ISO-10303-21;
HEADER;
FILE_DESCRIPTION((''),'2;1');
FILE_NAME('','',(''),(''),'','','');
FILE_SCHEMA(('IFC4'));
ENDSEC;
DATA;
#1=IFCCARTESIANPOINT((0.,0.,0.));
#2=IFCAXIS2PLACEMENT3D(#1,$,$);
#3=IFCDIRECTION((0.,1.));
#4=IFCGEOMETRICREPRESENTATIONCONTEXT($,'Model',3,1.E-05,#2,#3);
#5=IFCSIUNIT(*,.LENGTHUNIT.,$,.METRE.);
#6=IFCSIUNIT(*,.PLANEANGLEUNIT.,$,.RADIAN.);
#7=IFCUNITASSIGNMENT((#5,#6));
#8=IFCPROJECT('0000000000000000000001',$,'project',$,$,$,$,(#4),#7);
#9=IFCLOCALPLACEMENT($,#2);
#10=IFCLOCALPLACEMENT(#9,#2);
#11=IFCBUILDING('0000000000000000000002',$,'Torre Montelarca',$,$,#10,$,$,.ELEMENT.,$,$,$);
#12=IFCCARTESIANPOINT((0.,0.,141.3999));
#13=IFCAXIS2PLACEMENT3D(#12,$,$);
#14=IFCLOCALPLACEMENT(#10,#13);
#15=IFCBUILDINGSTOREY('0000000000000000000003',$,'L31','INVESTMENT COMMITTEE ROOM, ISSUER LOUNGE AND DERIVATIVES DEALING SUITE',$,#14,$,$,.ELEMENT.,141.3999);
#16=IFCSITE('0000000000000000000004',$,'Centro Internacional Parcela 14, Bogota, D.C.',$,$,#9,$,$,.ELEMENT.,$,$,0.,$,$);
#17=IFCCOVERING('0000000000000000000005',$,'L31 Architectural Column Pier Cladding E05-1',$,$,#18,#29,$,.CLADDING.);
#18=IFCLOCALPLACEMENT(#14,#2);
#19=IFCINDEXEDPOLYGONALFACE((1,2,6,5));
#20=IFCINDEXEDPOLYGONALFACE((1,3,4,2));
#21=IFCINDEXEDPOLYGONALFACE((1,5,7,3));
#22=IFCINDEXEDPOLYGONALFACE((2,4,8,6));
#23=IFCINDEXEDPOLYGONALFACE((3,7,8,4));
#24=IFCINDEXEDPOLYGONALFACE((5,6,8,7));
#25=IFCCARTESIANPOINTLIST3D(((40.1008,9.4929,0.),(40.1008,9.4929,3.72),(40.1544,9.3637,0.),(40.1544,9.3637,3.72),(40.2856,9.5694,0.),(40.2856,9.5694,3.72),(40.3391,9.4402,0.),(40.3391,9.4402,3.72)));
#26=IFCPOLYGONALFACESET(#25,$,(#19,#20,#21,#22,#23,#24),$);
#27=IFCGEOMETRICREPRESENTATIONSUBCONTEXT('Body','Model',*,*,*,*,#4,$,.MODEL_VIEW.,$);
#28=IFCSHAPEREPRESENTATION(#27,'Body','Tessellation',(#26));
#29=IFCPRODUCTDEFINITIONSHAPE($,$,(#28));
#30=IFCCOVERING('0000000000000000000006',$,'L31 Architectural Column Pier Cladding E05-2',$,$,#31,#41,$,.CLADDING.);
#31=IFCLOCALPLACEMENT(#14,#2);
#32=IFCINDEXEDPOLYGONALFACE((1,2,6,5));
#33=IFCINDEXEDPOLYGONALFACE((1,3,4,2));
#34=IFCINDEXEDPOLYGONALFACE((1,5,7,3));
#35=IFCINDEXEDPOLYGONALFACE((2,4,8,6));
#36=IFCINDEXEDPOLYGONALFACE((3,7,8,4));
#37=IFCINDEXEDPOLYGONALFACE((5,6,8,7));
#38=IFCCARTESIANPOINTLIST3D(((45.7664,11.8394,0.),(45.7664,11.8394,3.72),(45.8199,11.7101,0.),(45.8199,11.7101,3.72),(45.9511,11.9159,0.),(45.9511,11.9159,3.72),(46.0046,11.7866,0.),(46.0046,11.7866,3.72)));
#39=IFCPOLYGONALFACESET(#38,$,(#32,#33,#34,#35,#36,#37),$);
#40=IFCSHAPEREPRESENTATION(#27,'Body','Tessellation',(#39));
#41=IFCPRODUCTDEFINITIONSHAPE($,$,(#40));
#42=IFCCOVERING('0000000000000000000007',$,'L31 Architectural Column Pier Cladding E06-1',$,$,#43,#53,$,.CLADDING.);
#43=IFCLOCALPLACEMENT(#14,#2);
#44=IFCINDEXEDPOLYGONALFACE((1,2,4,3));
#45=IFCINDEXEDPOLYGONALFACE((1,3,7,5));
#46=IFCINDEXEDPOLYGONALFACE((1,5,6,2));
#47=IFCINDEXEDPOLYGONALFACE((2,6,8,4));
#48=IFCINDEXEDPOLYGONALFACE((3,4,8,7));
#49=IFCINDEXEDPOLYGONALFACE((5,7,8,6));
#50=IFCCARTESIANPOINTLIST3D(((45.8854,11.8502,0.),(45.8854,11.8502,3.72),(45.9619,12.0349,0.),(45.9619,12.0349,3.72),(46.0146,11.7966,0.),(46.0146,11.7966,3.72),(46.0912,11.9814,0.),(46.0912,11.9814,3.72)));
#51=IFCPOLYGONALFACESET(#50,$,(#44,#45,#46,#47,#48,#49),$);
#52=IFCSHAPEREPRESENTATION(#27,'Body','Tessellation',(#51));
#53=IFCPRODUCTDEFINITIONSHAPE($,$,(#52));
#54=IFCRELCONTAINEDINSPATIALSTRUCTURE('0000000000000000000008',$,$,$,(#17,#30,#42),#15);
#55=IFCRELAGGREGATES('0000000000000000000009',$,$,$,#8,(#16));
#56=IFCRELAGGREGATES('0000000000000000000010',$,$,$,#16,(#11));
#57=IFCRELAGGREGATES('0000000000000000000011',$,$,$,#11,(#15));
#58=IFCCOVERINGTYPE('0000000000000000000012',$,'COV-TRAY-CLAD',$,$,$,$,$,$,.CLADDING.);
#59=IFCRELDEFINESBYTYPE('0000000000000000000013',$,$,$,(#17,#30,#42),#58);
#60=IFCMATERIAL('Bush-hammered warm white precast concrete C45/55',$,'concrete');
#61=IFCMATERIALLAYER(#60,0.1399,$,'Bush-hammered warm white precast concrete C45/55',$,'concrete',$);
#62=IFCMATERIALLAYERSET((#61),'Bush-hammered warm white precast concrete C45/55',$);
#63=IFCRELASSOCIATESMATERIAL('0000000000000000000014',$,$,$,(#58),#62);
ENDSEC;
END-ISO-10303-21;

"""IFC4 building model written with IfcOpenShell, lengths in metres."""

from ifc_helpers import new_model, si_unit, direction, frame, origin, origin_2d, place, context, subcontext, project, spatial, rectangle, extrude, source, transform, mapped, material, layer, layer_set, type_object, element, save


model = new_model("IFC4")

# Units and contexts
model_context = context("Model", 3, precision=1e-05, world=origin(), true_north=direction((0.0, 1.0)))
body_context = subcontext(model_context, "Body", "Model", "MODEL_VIEW")
ifc_project = project(units=[si_unit("LENGTHUNIT", "METRE"), si_unit("PLANEANGLEUNIT", "RADIAN")], contexts=[model_context])

# Site, building, storey
site_placement = place(None, origin())
site = spatial("IfcSite", under=ifc_project, at=site_placement, Name="Centro Internacional Parcela 14, Bogota, D.C.", CompositionType="ELEMENT", RefElevation=0.0)
building_placement = place(site_placement, origin())
building = spatial("IfcBuilding", under=site, at=building_placement, Name="Torre Montelarca", CompositionType="ELEMENT")
storey_placement = place(building_placement, frame((0.0, 0.0, 141.3999)))
storey = spatial("IfcBuildingStorey", under=building, at=storey_placement, Name="L31", Description="INVESTMENT COMMITTEE ROOM, ISSUER LOUNGE AND DERIVATIVES DEALING SUITE", CompositionType="ELEMENT", Elevation=141.3999)

# Coverings
ifc_material_1 = material(Name="Bush-hammered warm white precast concrete C45/55", Category="concrete")
ifc_layer_1 = layer(ifc_material_1, 0.1399, Name="Bush-hammered warm white precast concrete C45/55", Category="concrete")
ifc_layer_set_1 = layer_set([ifc_layer_1], Name="Bush-hammered warm white precast concrete C45/55")
covering_type = type_object("IfcCoveringType", Name="COV-TRAY-CLAD", PredefinedType="CLADDING", material=ifc_layer_set_1)
shared_shape_1 = source(origin(), body_context, "Body", "SweptSolid", [
    extrude(rectangle(XDim=0.2, YDim=0.1399, at=origin_2d()), origin(), (0.0, 0.0, 1.0), 3.72),
])
for number, where, z_axis, x_axis, name in (
    (1, (40.22, 9.4666, 0.0), (0.0, 0.0, 1.0), (0.923886, 0.382669, 0.0), "L31 Architectural Column Pier Cladding E05-1"),
    (2, (45.8855, 11.813, 0.0), (0.0, 0.0, 1.0), (0.923886, 0.382669, 0.0), "L31 Architectural Column Pier Cladding E05-2"),
    (3, (45.9883, 11.9158, 0.0), (0.0, 0.0, 1.0), (0.382682, 0.92388, 0.0), "L31 Architectural Column Pier Cladding E06-1"),
):
    element("IfcCovering", number, at=place(storey_placement, frame(where, z_axis=z_axis, x_axis=x_axis)), inside=storey, type_object=covering_type, Name=name, PredefinedType="CLADDING", context=body_context, shape_type="MappedRepresentation", body=[
        mapped(shared_shape_1, transform((0.0, 0.0, 0.0), scale=1.0)),
    ])

save(model, "model.ifc")
